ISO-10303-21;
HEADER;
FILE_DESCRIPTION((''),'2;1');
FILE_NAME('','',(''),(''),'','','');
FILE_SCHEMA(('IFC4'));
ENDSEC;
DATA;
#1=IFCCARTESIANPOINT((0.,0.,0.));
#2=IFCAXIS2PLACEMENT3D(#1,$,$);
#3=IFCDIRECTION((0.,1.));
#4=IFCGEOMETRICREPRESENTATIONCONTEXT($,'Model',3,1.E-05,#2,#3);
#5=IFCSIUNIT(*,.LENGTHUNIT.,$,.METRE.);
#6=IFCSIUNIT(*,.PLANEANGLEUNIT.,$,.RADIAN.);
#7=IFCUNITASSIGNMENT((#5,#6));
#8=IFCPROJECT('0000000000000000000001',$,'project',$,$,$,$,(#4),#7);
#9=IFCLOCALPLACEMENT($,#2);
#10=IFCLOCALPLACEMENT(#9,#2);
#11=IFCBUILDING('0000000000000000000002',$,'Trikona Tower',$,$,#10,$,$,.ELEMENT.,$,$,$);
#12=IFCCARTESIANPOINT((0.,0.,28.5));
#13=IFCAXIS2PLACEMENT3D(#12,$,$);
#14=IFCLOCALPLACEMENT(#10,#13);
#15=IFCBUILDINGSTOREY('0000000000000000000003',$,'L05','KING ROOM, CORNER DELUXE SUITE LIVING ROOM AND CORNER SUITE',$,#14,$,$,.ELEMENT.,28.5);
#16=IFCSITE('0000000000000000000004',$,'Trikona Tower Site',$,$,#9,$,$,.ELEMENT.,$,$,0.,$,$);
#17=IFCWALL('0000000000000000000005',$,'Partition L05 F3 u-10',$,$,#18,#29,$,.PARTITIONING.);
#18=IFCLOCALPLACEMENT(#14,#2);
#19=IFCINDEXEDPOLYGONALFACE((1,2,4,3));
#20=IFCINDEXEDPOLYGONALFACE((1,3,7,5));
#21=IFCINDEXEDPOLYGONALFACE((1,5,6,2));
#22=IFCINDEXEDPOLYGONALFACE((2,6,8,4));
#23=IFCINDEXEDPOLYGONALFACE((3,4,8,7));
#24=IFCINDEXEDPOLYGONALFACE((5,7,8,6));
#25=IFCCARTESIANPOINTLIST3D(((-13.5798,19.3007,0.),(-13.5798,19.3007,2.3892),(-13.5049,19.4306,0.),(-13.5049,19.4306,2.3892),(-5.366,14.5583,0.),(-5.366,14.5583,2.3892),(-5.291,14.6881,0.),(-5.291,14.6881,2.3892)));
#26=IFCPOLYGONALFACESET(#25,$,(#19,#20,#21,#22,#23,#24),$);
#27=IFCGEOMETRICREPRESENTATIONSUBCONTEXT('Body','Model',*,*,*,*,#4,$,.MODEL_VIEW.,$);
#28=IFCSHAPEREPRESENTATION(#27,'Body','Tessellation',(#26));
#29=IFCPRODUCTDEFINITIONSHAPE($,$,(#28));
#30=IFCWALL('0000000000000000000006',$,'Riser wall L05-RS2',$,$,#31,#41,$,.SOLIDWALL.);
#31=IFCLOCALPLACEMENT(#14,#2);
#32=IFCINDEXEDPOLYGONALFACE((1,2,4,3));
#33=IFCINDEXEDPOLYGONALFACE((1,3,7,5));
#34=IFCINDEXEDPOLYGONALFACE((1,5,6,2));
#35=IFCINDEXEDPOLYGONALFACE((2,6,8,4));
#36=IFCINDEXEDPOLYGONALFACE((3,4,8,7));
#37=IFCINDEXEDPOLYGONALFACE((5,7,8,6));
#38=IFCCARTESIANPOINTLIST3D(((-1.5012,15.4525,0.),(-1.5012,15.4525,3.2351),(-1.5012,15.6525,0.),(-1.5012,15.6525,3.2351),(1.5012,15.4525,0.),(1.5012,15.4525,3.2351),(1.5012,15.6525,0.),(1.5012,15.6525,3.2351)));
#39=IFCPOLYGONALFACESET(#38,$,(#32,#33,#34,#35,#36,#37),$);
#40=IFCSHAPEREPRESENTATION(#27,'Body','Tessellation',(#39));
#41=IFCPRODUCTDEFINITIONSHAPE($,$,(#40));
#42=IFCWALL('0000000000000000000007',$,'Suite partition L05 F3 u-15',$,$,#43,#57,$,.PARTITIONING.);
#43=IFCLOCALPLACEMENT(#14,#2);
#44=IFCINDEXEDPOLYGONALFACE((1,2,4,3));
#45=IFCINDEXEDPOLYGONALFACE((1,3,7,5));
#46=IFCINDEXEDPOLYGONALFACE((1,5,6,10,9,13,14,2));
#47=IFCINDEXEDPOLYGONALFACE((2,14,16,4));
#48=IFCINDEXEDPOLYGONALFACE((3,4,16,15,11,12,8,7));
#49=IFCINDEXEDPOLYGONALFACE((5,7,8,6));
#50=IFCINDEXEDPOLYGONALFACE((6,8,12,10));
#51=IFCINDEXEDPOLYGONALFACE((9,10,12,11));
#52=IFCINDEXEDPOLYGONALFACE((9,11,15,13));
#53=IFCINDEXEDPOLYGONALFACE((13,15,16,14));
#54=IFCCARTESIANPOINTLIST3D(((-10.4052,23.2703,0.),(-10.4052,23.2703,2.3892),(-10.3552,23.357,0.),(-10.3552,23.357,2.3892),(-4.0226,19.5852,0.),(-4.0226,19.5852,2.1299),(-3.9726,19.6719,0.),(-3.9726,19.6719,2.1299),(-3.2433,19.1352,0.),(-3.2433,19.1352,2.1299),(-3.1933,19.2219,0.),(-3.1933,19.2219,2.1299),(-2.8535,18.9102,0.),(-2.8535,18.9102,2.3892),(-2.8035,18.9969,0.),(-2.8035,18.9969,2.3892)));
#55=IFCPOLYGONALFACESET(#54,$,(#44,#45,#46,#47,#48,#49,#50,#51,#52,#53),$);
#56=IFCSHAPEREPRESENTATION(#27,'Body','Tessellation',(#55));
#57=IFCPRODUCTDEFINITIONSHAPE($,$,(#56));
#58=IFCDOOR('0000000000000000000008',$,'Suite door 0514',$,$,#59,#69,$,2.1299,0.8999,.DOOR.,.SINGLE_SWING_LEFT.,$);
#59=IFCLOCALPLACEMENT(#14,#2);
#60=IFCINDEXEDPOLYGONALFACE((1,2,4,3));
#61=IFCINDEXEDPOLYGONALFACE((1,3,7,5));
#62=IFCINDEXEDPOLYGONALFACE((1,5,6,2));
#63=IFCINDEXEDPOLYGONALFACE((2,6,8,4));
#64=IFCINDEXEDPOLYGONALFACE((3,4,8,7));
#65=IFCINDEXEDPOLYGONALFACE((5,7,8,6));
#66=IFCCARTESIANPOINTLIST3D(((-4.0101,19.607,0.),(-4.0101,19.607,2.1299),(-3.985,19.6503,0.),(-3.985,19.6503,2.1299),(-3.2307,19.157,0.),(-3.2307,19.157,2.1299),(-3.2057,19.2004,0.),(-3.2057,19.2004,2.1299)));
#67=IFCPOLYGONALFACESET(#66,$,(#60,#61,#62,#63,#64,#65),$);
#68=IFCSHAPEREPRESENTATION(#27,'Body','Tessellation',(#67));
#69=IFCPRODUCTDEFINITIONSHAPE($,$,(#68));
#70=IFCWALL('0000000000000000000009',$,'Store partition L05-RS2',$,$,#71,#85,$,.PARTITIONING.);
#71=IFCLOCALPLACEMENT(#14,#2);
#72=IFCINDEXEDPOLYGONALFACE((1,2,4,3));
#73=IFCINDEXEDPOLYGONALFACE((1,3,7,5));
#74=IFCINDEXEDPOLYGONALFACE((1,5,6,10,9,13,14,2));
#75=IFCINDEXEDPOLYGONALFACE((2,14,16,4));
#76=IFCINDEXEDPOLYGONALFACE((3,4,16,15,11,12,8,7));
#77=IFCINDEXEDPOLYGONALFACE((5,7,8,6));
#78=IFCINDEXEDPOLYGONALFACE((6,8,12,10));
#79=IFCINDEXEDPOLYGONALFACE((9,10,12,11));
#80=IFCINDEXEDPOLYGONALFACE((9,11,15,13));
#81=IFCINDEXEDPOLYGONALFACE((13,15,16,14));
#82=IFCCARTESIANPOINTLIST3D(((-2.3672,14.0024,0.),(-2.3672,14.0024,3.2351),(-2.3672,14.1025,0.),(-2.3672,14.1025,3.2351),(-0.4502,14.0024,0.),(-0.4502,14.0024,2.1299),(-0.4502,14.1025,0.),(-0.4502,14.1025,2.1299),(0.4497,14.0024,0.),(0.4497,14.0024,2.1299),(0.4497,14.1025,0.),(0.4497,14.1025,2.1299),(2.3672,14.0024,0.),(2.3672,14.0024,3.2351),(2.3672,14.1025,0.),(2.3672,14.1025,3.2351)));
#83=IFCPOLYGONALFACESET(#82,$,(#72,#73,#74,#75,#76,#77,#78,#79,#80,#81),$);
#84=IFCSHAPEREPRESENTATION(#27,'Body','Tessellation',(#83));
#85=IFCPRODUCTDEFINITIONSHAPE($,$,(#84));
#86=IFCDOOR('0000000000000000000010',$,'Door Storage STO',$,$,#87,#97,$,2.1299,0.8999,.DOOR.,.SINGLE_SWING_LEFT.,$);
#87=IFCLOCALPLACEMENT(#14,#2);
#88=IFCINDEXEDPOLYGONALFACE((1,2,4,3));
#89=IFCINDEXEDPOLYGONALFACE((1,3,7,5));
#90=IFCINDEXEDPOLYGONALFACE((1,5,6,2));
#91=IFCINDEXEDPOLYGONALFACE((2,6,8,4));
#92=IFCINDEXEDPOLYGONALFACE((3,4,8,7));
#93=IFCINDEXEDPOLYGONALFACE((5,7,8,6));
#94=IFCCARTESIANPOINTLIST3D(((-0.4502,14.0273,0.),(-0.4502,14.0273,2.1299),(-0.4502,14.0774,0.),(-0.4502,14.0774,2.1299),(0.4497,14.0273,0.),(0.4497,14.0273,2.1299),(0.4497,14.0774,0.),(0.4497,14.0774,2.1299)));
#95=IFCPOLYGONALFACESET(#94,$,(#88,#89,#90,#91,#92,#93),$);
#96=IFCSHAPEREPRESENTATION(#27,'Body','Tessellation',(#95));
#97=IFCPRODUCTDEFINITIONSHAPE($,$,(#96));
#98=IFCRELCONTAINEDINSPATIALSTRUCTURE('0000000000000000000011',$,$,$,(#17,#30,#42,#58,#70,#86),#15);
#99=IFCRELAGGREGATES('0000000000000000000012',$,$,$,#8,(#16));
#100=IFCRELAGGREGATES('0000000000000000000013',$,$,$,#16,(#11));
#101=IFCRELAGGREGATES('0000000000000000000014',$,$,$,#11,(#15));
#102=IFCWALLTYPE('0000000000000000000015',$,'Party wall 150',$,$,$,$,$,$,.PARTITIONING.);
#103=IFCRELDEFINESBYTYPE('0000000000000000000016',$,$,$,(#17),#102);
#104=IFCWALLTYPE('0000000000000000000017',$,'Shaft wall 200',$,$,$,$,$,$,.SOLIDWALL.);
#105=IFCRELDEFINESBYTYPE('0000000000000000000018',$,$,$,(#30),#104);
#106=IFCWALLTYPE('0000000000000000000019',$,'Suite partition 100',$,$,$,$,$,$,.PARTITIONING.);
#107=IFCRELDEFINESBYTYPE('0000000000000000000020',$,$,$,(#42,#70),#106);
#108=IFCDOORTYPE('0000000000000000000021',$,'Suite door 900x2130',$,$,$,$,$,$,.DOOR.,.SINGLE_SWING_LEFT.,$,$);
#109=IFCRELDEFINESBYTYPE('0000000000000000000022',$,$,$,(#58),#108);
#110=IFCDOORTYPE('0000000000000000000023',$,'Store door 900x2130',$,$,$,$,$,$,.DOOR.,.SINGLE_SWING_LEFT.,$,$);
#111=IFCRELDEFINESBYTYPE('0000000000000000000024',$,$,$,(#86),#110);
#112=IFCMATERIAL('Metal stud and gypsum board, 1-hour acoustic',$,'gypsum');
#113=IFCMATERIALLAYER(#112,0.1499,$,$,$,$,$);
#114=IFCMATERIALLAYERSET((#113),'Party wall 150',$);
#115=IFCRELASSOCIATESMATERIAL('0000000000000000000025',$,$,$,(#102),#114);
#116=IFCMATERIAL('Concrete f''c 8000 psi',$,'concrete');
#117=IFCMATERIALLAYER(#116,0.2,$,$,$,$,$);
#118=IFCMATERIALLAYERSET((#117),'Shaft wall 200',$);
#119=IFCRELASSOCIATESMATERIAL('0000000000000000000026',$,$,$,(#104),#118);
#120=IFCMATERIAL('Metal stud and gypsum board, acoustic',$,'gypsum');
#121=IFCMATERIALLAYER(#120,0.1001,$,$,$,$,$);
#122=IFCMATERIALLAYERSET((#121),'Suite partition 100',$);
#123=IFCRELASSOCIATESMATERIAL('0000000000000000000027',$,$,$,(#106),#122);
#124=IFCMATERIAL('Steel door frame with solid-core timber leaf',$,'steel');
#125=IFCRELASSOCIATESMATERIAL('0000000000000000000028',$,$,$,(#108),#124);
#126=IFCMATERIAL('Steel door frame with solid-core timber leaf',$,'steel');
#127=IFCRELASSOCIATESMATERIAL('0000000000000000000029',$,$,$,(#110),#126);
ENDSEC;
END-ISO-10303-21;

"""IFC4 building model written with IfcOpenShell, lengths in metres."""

from ifc_helpers import new_model, si_unit, direction, frame, frame_2d, origin, place, context, subcontext, project, spatial, rectangle, extrude, material, layer, layer_set, type_object, element, fill, save


model = new_model("IFC4")

# Units and contexts
model_context = context("Model", 3, precision=1e-05, world=origin(), true_north=direction((0.0, 1.0)))
body_context = subcontext(model_context, "Body", "Model", "MODEL_VIEW")
ifc_project = project(units=[si_unit("LENGTHUNIT", "METRE"), si_unit("PLANEANGLEUNIT", "RADIAN")], contexts=[model_context])

# Site, building, storey
site_placement = place(None, origin())
site = spatial("IfcSite", under=ifc_project, at=site_placement, Name="Trikona Tower Site", CompositionType="ELEMENT", RefElevation=0.0)
building_placement = place(site_placement, origin())
building = spatial("IfcBuilding", under=site, at=building_placement, Name="Trikona Tower", CompositionType="ELEMENT")
storey_placement = place(building_placement, frame((0.0, 0.0, 28.5)))
storey = spatial("IfcBuildingStorey", under=building, at=storey_placement, Name="L05", Description="KING ROOM, CORNER DELUXE SUITE LIVING ROOM AND CORNER SUITE", CompositionType="ELEMENT", Elevation=28.5)

# Walls
ifc_material_1 = material(Name="Metal stud and gypsum board, 1-hour acoustic", Category="gypsum")
ifc_layer_1 = layer(ifc_material_1, 0.1499)
ifc_layer_set_1 = layer_set([ifc_layer_1], Name="Party wall 150")
wall_type_1 = type_object("IfcWallType", Name="Party wall 150", PredefinedType="PARTITIONING", material=ifc_layer_set_1)
wall_1_placement = place(storey_placement, frame((-5.3286, 14.6233, 0.0), z_axis=(0.0, 0.0, 1.0), x_axis=(-0.866018, 0.500012, 0.0)))
element("IfcWall", 1, at=wall_1_placement, inside=storey, type_object=wall_type_1, Name="Partition L05 F3 u-10", PredefinedType="PARTITIONING", context=body_context, shape_type="SweptSolid", body=[
    extrude(rectangle(XDim=9.4846, YDim=0.1499, at=frame_2d((4.7422, 0.0))), origin(), (0.0, 0.0, 1.0), 2.3892),
])
ifc_material_2 = material(Name="Concrete f'c 8000 psi", Category="concrete")
ifc_layer_2 = layer(ifc_material_2, 0.2)
ifc_layer_set_2 = layer_set([ifc_layer_2], Name="Shaft wall 200")
wall_type_2 = type_object("IfcWallType", Name="Shaft wall 200", PredefinedType="SOLIDWALL", material=ifc_layer_set_2)
wall_2_placement = place(storey_placement, frame((-1.5012, 15.5525, 0.0), z_axis=(0.0, 0.0, 1.0), x_axis=(1.0, 0.0, 0.0)))
element("IfcWall", 2, at=wall_2_placement, inside=storey, type_object=wall_type_2, Name="Riser wall L05-RS2", PredefinedType="SOLIDWALL", context=body_context, shape_type="SweptSolid", body=[
    extrude(rectangle(XDim=3.0024, YDim=0.2, at=frame_2d((1.5012, 0.0))), origin(), (0.0, 0.0, 1.0), 3.2351),
])

# Walls, openings, doors
ifc_material_3 = material(Name="Metal stud and gypsum board, acoustic", Category="gypsum")
ifc_layer_3 = layer(ifc_material_3, 0.1001)
ifc_layer_set_3 = layer_set([ifc_layer_3], Name="Suite partition 100")
wall_type_3 = type_object("IfcWallType", Name="Suite partition 100", PredefinedType="PARTITIONING", material=ifc_layer_set_3)
wall_3_placement = place(storey_placement, frame((-2.8286, 18.9536, 0.0), z_axis=(0.0, 0.0, 1.0), x_axis=(-0.866021, 0.500008, 0.0)))
wall_3 = element("IfcWall", 3, at=wall_3_placement, inside=storey, type_object=wall_type_3, Name="Suite partition L05 F3 u-15", PredefinedType="PARTITIONING", context=body_context, shape_type="SweptSolid", body=[
    extrude(rectangle(XDim=8.72, YDim=0.1001, at=frame_2d((4.3599, 0.0))), origin(), (0.0, 0.0, 1.0), 2.3892),
])
opening_1_placement = place(wall_3_placement, frame((0.45, 0.0, 0.0)))
opening_1 = element("IfcOpeningElement", 4, at=opening_1_placement, cuts=wall_3, PredefinedType="OPENING", context=body_context, shape_type="SweptSolid", body=[
    extrude(rectangle(XDim=0.8999, YDim=2.1299, at=frame_2d((0.45, 1.0649))), frame((0.0, 0.0601, 0.0), z_axis=(0.0, -1.0, 0.0), x_axis=(1.0, 0.0, 0.0)), (0.0, 0.0, 1.0), 0.1201),
])
ifc_material_4 = material(Name="Steel door frame with solid-core timber leaf", Category="steel")
door_type_1 = type_object("IfcDoorType", Name="Suite door 900x2130", OperationType="SINGLE_SWING_LEFT", PredefinedType="DOOR", material=ifc_material_4)
door_1_placement = place(opening_1_placement, origin())
door_1 = element("IfcDoor", 5, at=door_1_placement, inside=storey, type_object=door_type_1, Name="Suite door 0514", OperationType="SINGLE_SWING_LEFT", OverallHeight=2.1299, OverallWidth=0.8999, PredefinedType="DOOR", context=body_context, shape_type="SweptSolid", body=[
    extrude(rectangle(XDim=0.8999, YDim=2.1299, at=frame_2d((0.45, 1.0649))), frame((0.0, 0.0249, 0.0), z_axis=(0.0, -1.0, 0.0), x_axis=(1.0, 0.0, 0.0)), (0.0, 0.0, 1.0), 0.05),
])
fill(opening_1, door_1)
wall_4_placement = place(storey_placement, frame((-2.3672, 14.0525, 0.0), z_axis=(0.0, 0.0, 1.0), x_axis=(1.0, 0.0, 0.0)))
wall_4 = element("IfcWall", 6, at=wall_4_placement, inside=storey, type_object=wall_type_3, Name="Store partition L05-RS2", PredefinedType="PARTITIONING", context=body_context, shape_type="SweptSolid", body=[
    extrude(rectangle(XDim=4.7344, YDim=0.1001, at=frame_2d((2.3672, 0.0))), origin(), (0.0, 0.0, 1.0), 3.2351),
])
opening_2_placement = place(wall_4_placement, frame((1.917, 0.0, 0.0)))
opening_2 = element("IfcOpeningElement", 7, at=opening_2_placement, cuts=wall_4, PredefinedType="OPENING", context=body_context, shape_type="SweptSolid", body=[
    extrude(rectangle(XDim=0.8999, YDim=2.1299, at=frame_2d((0.45, 1.0649))), frame((0.0, 0.0601, 0.0), z_axis=(0.0, -1.0, 0.0), x_axis=(1.0, 0.0, 0.0)), (0.0, 0.0, 1.0), 0.1201),
])
ifc_material_5 = material(Name="Steel door frame with solid-core timber leaf", Category="steel")
door_type_2 = type_object("IfcDoorType", Name="Store door 900x2130", OperationType="SINGLE_SWING_LEFT", PredefinedType="DOOR", material=ifc_material_5)
door_2_placement = place(opening_2_placement, origin())
door_2 = element("IfcDoor", 8, at=door_2_placement, inside=storey, type_object=door_type_2, Name="Door Storage STO", OperationType="SINGLE_SWING_LEFT", OverallHeight=2.1299, OverallWidth=0.8999, PredefinedType="DOOR", context=body_context, shape_type="SweptSolid", body=[
    extrude(rectangle(XDim=0.8999, YDim=2.1299, at=frame_2d((0.45, 1.0649))), frame((0.0, 0.0249, 0.0), z_axis=(0.0, -1.0, 0.0), x_axis=(1.0, 0.0, 0.0)), (0.0, 0.0, 1.0), 0.05),
])
fill(opening_2, door_2)

save(model, "model.ifc")
